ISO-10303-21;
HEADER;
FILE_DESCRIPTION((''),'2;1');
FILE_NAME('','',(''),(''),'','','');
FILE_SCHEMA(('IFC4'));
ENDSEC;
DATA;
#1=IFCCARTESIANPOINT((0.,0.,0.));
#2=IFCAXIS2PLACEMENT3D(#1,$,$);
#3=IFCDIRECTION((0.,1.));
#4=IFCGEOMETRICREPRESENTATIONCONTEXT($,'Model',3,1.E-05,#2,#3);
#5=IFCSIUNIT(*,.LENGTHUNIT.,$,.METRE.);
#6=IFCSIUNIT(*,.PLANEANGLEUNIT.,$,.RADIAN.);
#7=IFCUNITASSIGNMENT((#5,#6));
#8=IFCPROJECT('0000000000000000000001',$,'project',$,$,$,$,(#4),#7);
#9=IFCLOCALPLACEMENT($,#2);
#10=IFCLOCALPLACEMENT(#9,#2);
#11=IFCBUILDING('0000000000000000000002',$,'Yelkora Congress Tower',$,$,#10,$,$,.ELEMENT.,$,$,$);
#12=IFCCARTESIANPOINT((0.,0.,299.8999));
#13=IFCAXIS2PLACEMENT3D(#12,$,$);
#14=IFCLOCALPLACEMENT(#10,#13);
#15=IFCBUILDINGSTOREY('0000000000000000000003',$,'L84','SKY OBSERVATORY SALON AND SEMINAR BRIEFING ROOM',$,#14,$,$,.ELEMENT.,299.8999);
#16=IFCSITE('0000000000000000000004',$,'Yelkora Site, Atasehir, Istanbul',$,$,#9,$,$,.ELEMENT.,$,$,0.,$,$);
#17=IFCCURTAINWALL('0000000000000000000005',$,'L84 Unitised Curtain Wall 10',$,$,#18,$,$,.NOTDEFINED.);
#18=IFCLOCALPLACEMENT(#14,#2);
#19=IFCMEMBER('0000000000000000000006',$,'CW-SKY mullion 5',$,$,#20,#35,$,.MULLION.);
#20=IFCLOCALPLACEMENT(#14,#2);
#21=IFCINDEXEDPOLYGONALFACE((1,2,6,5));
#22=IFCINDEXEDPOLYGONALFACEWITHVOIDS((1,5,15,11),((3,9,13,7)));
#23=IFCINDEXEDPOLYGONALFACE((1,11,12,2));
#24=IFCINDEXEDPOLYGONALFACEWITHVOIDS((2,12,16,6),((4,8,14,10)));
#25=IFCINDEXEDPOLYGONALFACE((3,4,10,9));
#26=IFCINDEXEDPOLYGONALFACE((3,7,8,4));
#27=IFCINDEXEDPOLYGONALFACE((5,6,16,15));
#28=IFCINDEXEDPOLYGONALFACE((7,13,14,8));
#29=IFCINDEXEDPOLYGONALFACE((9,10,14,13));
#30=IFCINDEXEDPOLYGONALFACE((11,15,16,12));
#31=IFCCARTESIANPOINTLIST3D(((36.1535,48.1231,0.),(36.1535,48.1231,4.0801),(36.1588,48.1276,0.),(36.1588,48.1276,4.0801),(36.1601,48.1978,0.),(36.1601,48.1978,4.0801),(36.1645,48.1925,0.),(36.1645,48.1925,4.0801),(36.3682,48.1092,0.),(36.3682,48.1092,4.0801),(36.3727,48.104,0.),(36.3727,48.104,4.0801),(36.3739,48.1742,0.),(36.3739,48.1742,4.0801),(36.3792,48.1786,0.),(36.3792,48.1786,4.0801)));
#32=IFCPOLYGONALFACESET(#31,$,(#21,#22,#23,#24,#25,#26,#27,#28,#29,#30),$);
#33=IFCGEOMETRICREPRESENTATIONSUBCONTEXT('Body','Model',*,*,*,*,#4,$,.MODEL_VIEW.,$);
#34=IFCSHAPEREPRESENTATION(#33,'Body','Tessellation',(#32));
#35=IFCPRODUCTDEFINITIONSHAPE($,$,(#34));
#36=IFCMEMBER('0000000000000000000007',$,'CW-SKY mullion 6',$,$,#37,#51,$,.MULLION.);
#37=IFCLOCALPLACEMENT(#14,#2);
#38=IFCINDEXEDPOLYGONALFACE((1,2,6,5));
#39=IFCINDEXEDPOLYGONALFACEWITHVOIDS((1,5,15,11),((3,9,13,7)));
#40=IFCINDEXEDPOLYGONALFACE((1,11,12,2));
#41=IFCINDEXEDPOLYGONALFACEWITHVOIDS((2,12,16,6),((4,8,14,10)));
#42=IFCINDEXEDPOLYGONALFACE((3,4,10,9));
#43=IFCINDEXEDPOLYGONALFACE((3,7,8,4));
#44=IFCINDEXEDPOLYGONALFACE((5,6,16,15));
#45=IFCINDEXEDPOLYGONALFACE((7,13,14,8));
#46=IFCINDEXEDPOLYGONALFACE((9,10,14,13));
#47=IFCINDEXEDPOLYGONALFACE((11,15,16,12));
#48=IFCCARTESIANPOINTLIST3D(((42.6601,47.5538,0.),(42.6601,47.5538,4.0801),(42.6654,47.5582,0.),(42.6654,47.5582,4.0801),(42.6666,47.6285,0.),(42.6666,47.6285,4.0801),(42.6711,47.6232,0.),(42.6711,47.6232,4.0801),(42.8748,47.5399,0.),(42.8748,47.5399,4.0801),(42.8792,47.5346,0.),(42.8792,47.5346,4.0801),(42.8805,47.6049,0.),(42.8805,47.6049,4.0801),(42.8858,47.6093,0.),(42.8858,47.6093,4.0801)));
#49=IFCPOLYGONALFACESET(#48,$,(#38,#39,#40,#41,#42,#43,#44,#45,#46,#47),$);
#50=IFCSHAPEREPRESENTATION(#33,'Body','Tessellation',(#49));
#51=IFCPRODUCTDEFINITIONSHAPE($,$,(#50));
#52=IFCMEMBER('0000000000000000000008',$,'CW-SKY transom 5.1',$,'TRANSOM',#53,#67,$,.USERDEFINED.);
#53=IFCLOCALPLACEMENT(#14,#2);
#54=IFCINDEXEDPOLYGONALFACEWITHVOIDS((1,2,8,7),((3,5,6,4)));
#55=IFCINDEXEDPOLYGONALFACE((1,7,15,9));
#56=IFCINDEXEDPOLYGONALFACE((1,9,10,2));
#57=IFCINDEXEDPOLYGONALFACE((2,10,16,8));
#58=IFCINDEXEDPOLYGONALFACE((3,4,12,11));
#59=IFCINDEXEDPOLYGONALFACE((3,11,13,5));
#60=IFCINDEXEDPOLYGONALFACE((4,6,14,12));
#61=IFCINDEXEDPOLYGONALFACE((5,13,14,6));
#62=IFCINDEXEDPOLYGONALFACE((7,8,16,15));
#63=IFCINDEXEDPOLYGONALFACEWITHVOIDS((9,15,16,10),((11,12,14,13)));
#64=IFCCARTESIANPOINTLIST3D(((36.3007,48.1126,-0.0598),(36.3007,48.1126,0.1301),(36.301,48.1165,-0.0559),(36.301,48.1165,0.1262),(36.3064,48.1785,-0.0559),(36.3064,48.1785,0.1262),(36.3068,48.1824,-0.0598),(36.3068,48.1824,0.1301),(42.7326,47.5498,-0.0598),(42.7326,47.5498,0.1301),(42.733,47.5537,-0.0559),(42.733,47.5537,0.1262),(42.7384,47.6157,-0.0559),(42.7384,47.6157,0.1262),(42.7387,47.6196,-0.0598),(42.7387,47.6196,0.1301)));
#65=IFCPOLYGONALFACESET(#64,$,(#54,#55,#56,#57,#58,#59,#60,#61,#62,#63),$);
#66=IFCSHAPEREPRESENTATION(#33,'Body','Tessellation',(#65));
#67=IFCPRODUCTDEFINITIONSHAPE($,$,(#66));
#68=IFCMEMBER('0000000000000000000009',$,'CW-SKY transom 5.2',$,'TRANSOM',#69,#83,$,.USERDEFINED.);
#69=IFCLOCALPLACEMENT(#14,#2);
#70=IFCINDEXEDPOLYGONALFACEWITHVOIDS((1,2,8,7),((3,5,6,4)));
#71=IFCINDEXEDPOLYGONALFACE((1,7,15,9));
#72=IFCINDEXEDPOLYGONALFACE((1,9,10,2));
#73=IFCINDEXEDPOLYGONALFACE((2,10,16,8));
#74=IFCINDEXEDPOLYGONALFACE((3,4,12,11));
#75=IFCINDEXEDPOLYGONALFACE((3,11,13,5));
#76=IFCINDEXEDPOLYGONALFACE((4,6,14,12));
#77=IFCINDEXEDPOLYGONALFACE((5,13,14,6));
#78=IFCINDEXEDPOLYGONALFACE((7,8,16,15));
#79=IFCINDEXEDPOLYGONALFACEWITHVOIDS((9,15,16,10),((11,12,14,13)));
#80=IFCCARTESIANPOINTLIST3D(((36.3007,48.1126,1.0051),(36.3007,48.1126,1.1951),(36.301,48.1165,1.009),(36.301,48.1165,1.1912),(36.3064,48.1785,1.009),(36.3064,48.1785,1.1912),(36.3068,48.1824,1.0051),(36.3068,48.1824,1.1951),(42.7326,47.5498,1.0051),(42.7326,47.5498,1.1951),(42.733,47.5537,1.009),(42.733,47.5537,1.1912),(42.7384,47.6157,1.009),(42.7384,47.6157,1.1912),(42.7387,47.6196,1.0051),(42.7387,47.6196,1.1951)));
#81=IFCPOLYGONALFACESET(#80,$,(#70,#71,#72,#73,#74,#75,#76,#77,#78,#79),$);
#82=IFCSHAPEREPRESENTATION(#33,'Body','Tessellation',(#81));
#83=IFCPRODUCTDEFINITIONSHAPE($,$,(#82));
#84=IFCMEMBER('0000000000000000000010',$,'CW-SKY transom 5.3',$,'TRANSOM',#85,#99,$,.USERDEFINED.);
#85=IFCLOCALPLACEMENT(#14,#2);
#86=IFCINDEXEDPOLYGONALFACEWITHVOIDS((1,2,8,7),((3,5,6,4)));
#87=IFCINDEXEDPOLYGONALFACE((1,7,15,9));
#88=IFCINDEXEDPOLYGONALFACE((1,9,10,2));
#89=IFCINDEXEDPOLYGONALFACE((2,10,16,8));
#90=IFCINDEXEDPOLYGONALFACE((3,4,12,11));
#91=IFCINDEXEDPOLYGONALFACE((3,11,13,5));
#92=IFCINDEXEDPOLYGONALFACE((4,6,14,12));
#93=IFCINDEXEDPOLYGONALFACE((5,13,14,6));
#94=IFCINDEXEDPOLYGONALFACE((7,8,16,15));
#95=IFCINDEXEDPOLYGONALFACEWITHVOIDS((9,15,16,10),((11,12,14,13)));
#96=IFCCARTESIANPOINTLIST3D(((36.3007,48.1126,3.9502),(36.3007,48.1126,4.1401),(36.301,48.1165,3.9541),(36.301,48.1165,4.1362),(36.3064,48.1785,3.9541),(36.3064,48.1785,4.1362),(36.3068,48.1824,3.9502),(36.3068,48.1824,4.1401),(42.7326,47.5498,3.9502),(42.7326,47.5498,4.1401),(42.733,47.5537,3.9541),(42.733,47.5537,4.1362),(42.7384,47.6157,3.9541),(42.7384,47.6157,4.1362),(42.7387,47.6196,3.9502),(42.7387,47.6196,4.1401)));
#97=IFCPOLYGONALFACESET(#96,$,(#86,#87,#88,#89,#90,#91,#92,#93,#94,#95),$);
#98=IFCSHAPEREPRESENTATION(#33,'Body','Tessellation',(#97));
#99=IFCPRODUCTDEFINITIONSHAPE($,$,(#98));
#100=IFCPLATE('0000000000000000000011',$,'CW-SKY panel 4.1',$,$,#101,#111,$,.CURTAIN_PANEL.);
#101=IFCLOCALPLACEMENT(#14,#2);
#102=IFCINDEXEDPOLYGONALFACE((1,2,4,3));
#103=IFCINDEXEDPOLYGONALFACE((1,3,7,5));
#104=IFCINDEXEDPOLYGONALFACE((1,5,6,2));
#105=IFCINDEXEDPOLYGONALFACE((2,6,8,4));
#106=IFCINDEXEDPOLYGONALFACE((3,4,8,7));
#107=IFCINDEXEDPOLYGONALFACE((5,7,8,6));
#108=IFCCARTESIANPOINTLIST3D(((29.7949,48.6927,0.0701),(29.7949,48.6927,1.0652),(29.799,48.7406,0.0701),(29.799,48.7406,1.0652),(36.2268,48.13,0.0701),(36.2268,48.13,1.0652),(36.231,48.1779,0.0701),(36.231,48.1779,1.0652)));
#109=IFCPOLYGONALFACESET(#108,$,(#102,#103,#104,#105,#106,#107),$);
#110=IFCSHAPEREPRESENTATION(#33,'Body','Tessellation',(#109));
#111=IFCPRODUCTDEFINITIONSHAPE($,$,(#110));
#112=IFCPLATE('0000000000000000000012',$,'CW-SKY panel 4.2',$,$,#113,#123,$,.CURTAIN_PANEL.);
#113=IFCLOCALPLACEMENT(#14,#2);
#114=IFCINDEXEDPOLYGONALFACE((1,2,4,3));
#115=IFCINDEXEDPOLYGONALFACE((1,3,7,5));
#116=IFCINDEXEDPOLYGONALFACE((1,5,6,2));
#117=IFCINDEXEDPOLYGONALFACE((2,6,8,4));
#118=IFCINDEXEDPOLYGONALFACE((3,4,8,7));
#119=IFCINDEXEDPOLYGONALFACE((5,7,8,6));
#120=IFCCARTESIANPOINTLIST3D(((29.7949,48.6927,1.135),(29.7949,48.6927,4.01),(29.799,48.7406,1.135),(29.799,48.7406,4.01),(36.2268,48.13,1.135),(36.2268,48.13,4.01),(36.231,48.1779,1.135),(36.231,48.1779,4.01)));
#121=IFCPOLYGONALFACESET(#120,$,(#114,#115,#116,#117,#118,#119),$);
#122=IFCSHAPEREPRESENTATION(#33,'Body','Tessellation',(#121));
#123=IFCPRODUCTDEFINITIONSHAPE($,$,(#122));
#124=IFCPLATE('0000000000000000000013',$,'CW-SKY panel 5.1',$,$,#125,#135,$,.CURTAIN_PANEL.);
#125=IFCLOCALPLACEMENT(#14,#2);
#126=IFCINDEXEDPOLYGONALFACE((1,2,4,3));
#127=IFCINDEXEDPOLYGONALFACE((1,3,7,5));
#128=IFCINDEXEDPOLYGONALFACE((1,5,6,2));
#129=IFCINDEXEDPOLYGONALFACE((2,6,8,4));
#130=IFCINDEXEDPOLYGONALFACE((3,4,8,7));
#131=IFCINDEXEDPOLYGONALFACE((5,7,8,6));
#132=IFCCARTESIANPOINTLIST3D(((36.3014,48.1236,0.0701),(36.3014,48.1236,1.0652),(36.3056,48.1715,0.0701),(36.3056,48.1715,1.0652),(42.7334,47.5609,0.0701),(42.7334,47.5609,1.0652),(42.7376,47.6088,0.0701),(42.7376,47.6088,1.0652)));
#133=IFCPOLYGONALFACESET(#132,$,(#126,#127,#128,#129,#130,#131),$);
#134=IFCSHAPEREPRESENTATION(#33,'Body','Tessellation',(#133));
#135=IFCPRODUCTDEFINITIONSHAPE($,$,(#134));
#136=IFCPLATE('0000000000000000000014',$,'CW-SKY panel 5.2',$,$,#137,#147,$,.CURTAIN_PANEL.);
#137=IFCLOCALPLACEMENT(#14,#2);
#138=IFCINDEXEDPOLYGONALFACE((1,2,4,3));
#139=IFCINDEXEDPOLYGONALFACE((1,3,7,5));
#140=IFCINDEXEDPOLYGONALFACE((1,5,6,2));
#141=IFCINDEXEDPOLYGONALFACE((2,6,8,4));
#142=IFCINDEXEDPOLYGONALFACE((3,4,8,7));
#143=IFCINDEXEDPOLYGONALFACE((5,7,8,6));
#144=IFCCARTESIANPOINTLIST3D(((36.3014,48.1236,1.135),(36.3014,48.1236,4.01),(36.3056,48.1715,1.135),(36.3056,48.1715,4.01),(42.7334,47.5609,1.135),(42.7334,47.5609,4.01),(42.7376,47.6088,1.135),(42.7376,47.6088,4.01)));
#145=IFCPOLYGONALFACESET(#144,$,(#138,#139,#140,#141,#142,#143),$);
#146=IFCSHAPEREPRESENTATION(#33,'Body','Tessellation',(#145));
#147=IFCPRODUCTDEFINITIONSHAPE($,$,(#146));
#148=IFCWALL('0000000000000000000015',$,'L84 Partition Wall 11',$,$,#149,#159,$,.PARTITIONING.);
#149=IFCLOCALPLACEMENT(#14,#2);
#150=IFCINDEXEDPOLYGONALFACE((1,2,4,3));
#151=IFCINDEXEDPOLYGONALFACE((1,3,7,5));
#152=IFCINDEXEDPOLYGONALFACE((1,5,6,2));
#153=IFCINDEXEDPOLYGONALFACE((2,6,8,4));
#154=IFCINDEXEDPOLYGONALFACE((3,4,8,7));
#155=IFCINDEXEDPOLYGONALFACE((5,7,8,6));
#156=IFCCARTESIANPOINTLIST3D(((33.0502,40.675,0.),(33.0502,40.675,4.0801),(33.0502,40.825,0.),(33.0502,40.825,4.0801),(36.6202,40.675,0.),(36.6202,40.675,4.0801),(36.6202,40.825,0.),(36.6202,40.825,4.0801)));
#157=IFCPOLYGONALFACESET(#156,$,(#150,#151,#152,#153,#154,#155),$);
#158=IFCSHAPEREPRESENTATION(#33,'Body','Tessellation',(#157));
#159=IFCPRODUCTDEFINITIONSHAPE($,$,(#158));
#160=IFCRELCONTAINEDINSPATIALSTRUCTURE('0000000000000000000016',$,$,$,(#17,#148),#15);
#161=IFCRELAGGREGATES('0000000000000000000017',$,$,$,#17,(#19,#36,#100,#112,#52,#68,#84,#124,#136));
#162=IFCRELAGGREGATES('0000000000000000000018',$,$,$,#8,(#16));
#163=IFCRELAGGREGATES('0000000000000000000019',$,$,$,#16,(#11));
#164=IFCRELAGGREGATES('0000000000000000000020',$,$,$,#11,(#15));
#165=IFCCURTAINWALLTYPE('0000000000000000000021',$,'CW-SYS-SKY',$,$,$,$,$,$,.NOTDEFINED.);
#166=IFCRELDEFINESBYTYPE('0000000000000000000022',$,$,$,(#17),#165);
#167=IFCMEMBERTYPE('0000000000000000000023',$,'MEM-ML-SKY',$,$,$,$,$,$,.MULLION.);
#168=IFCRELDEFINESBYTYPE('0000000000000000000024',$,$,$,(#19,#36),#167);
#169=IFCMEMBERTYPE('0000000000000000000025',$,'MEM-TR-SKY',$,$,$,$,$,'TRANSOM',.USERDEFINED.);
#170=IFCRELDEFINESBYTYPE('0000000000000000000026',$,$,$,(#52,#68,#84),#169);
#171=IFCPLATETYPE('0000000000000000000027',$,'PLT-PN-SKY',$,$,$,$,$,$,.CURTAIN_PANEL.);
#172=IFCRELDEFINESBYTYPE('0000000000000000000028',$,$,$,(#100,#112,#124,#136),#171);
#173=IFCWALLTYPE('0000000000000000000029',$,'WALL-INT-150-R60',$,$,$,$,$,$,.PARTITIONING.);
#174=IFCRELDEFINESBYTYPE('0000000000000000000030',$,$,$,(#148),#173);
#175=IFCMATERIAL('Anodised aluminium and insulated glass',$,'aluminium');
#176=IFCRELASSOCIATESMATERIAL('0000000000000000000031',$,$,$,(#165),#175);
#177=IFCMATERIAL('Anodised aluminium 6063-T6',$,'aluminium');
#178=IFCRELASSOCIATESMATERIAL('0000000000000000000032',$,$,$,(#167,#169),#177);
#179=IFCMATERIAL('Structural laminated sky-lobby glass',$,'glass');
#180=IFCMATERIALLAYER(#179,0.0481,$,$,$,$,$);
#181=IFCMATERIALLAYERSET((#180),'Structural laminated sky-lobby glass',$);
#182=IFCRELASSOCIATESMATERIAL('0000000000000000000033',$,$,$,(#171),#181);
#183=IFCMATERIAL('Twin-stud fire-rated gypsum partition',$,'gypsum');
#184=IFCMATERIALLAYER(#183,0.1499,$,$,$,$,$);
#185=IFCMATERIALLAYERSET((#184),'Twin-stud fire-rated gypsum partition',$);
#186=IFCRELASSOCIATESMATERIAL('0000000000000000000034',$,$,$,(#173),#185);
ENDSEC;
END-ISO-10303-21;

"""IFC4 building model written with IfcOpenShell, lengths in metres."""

from ifc_helpers import new_model, si_unit, direction, frame, frame_2d, origin, origin_2d, place, context, subcontext, project, spatial, rectangle, hollow_rectangle, extrude, material, layer, layer_set, material_profile, profile_set, type_object, element, aggregate, save


model = new_model("IFC4")

# Units and contexts
model_context = context("Model", 3, precision=1e-05, world=origin(), true_north=direction((0.0, 1.0)))
body_context = subcontext(model_context, "Body", "Model", "MODEL_VIEW")
ifc_project = project(units=[si_unit("LENGTHUNIT", "METRE"), si_unit("PLANEANGLEUNIT", "RADIAN")], contexts=[model_context])

# Site, building, storey
site_placement = place(None, origin())
site = spatial("IfcSite", under=ifc_project, at=site_placement, Name="Yelkora Site, Atasehir, Istanbul", CompositionType="ELEMENT", RefElevation=0.0)
building_placement = place(site_placement, origin())
building = spatial("IfcBuilding", under=site, at=building_placement, Name="Yelkora Congress Tower", CompositionType="ELEMENT")
storey_placement = place(building_placement, frame((0.0, 0.0, 299.8999)))
storey = spatial("IfcBuildingStorey", under=building, at=storey_placement, Name="L84", Description="SKY OBSERVATORY SALON AND SEMINAR BRIEFING ROOM", CompositionType="ELEMENT", Elevation=299.8999)

# Curtain wall, members, plates
ifc_material_1 = material(Name="Anodised aluminium and insulated glass", Category="aluminium")
curtain_wall_type = type_object("IfcCurtainWallType", Name="CW-SYS-SKY", PredefinedType="NOTDEFINED", material=ifc_material_1)
curtain_wall_placement = place(storey_placement, origin())
curtain_wall = element("IfcCurtainWall", 1, at=curtain_wall_placement, inside=storey, type_object=curtain_wall_type, Name="L84 Unitised Curtain Wall 10", PredefinedType="NOTDEFINED")
ifc_material_2 = material(Name="Anodised aluminium 6063-T6", Category="aluminium")
ifc_material_profile_1 = material_profile(ifc_material_2, hollow_rectangle(XDim=0.075, YDim=0.22, WallThickness=0.0049, at=origin_2d()), Name="ALU 75x220x5")
ifc_profile_set_1 = profile_set([ifc_material_profile_1], Name="Anodised aluminium 6063-T6")
member_type_1 = type_object("IfcMemberType", Name="MEM-ML-SKY", PredefinedType="MULLION", material=ifc_profile_set_1)
member_1_placement = place(storey_placement, frame((36.2664, 48.1509, 0.0), z_axis=(0.0, 0.0, 1.0), x_axis=(0.087157, 0.996195, 0.0)))
member_1 = element("IfcMember", 2, at=member_1_placement, type_object=member_type_1, Name="CW-SKY mullion 5", PredefinedType="MULLION", context=body_context, shape_type="SweptSolid", body=[
    extrude(hollow_rectangle(XDim=0.075, YDim=0.22, WallThickness=0.0049, at=origin_2d()), origin(), (0.0, 0.0, 1.0), 4.0801),
])
member_2_placement = place(storey_placement, frame((42.7729, 47.5815, 0.0), z_axis=(0.0, 0.0, 1.0), x_axis=(0.087157, 0.996195, 0.0)))
member_2 = element("IfcMember", 3, at=member_2_placement, type_object=member_type_1, Name="CW-SKY mullion 6", PredefinedType="MULLION", context=body_context, shape_type="SweptSolid", body=[
    extrude(hollow_rectangle(XDim=0.075, YDim=0.22, WallThickness=0.0049, at=origin_2d()), origin(), (0.0, 0.0, 1.0), 4.0801),
])
ifc_material_profile_2 = material_profile(ifc_material_2, hollow_rectangle(XDim=0.0701, YDim=0.1899, WallThickness=0.0039, at=origin_2d()), Name="ALU 70x190x4")
ifc_profile_set_2 = profile_set([ifc_material_profile_2], Name="Anodised aluminium 6063-T6")
member_type_2 = type_object("IfcMemberType", Name="MEM-TR-SKY", ElementType="TRANSOM", PredefinedType="USERDEFINED", material=ifc_profile_set_2)
member_3_placement = place(storey_placement, frame((36.3037, 48.1475, 0.0352), z_axis=(0.996194, -0.08716, 0.0), x_axis=(0.08716, 0.996194, 0.0)))
member_3 = element("IfcMember", 4, at=member_3_placement, type_object=member_type_2, Name="CW-SKY transom 5.1", ObjectType="TRANSOM", PredefinedType="USERDEFINED", context=body_context, shape_type="SweptSolid", body=[
    extrude(hollow_rectangle(XDim=0.0701, YDim=0.1899, WallThickness=0.0039, at=origin_2d()), origin(), (0.0, 0.0, 1.0), 6.4565),
])
member_4_placement = place(storey_placement, frame((36.3037, 48.1475, 1.1001), z_axis=(0.996194, -0.08716, 0.0), x_axis=(0.08716, 0.996194, 0.0)))
member_4 = element("IfcMember", 5, at=member_4_placement, type_object=member_type_2, Name="CW-SKY transom 5.2", ObjectType="TRANSOM", PredefinedType="USERDEFINED", context=body_context, shape_type="SweptSolid", body=[
    extrude(hollow_rectangle(XDim=0.0701, YDim=0.1899, WallThickness=0.0039, at=origin_2d()), origin(), (0.0, 0.0, 1.0), 6.4565),
])
member_5_placement = place(storey_placement, frame((36.3037, 48.1475, 4.0452), z_axis=(0.996194, -0.08716, 0.0), x_axis=(0.08716, 0.996194, 0.0)))
member_5 = element("IfcMember", 6, at=member_5_placement, type_object=member_type_2, Name="CW-SKY transom 5.3", ObjectType="TRANSOM", PredefinedType="USERDEFINED", context=body_context, shape_type="SweptSolid", body=[
    extrude(hollow_rectangle(XDim=0.0701, YDim=0.1899, WallThickness=0.0039, at=origin_2d()), origin(), (0.0, 0.0, 1.0), 6.4565),
])
ifc_material_3 = material(Name="Structural laminated sky-lobby glass", Category="glass")
ifc_layer_1 = layer(ifc_material_3, 0.0481)
ifc_layer_set_1 = layer_set([ifc_layer_1], Name="Structural laminated sky-lobby glass")
plate_type = type_object("IfcPlateType", Name="PLT-PN-SKY", PredefinedType="CURTAIN_PANEL", material=ifc_layer_set_1)
plate_1_placement = place(storey_placement, frame((33.0129, 48.4353, 0.0701), z_axis=(0.0, 0.0, 1.0), x_axis=(0.996195, -0.087157, 0.0)))
plate_1 = element("IfcPlate", 7, at=plate_1_placement, type_object=plate_type, Name="CW-SKY panel 4.1", PredefinedType="CURTAIN_PANEL", context=body_context, shape_type="SweptSolid", body=[
    extrude(rectangle(XDim=6.4565, YDim=0.0481, at=origin_2d()), origin(), (0.0, 0.0, 1.0), 0.9951),
])
plate_2_placement = place(storey_placement, frame((33.0129, 48.4353, 1.135), z_axis=(0.0, 0.0, 1.0), x_axis=(0.996195, -0.087157, 0.0)))
plate_2 = element("IfcPlate", 8, at=plate_2_placement, type_object=plate_type, Name="CW-SKY panel 4.2", PredefinedType="CURTAIN_PANEL", context=body_context, shape_type="SweptSolid", body=[
    extrude(rectangle(XDim=6.4565, YDim=0.0481, at=origin_2d()), origin(), (0.0, 0.0, 1.0), 2.875),
])
plate_3_placement = place(storey_placement, frame((39.5195, 47.8662, 0.0701), z_axis=(0.0, 0.0, 1.0), x_axis=(0.996195, -0.087157, 0.0)))
plate_3 = element("IfcPlate", 9, at=plate_3_placement, type_object=plate_type, Name="CW-SKY panel 5.1", PredefinedType="CURTAIN_PANEL", context=body_context, shape_type="SweptSolid", body=[
    extrude(rectangle(XDim=6.4565, YDim=0.0481, at=origin_2d()), origin(), (0.0, 0.0, 1.0), 0.9951),
])
plate_4_placement = place(storey_placement, frame((39.5195, 47.8662, 1.135), z_axis=(0.0, 0.0, 1.0), x_axis=(0.996195, -0.087157, 0.0)))
plate_4 = element("IfcPlate", 10, at=plate_4_placement, type_object=plate_type, Name="CW-SKY panel 5.2", PredefinedType="CURTAIN_PANEL", context=body_context, shape_type="SweptSolid", body=[
    extrude(rectangle(XDim=6.4565, YDim=0.0481, at=origin_2d()), origin(), (0.0, 0.0, 1.0), 2.875),
])
aggregate(curtain_wall, [member_1, member_2, plate_1, plate_2, member_3, member_4, member_5, plate_3, plate_4])

# Wall
ifc_material_4 = material(Name="Twin-stud fire-rated gypsum partition", Category="gypsum")
ifc_layer_2 = layer(ifc_material_4, 0.1499)
ifc_layer_set_2 = layer_set([ifc_layer_2], Name="Twin-stud fire-rated gypsum partition")
wall_type_1 = type_object("IfcWallType", Name="WALL-INT-150-R60", PredefinedType="PARTITIONING", material=ifc_layer_set_2)
wall_1_placement = place(storey_placement, frame((33.05, 40.75, 0.0), z_axis=(0.0, 0.0, 1.0), x_axis=(1.0, 0.0, 0.0)))
element("IfcWall", 11, at=wall_1_placement, inside=storey, type_object=wall_type_1, Name="L84 Partition Wall 11", PredefinedType="PARTITIONING", context=body_context, shape_type="SweptSolid", body=[
    extrude(rectangle(XDim=3.5701, YDim=0.1499, at=frame_2d((1.7852, 0.0))), origin(), (0.0, 0.0, 1.0), 4.0801),
])

save(model, "model.ifc")
